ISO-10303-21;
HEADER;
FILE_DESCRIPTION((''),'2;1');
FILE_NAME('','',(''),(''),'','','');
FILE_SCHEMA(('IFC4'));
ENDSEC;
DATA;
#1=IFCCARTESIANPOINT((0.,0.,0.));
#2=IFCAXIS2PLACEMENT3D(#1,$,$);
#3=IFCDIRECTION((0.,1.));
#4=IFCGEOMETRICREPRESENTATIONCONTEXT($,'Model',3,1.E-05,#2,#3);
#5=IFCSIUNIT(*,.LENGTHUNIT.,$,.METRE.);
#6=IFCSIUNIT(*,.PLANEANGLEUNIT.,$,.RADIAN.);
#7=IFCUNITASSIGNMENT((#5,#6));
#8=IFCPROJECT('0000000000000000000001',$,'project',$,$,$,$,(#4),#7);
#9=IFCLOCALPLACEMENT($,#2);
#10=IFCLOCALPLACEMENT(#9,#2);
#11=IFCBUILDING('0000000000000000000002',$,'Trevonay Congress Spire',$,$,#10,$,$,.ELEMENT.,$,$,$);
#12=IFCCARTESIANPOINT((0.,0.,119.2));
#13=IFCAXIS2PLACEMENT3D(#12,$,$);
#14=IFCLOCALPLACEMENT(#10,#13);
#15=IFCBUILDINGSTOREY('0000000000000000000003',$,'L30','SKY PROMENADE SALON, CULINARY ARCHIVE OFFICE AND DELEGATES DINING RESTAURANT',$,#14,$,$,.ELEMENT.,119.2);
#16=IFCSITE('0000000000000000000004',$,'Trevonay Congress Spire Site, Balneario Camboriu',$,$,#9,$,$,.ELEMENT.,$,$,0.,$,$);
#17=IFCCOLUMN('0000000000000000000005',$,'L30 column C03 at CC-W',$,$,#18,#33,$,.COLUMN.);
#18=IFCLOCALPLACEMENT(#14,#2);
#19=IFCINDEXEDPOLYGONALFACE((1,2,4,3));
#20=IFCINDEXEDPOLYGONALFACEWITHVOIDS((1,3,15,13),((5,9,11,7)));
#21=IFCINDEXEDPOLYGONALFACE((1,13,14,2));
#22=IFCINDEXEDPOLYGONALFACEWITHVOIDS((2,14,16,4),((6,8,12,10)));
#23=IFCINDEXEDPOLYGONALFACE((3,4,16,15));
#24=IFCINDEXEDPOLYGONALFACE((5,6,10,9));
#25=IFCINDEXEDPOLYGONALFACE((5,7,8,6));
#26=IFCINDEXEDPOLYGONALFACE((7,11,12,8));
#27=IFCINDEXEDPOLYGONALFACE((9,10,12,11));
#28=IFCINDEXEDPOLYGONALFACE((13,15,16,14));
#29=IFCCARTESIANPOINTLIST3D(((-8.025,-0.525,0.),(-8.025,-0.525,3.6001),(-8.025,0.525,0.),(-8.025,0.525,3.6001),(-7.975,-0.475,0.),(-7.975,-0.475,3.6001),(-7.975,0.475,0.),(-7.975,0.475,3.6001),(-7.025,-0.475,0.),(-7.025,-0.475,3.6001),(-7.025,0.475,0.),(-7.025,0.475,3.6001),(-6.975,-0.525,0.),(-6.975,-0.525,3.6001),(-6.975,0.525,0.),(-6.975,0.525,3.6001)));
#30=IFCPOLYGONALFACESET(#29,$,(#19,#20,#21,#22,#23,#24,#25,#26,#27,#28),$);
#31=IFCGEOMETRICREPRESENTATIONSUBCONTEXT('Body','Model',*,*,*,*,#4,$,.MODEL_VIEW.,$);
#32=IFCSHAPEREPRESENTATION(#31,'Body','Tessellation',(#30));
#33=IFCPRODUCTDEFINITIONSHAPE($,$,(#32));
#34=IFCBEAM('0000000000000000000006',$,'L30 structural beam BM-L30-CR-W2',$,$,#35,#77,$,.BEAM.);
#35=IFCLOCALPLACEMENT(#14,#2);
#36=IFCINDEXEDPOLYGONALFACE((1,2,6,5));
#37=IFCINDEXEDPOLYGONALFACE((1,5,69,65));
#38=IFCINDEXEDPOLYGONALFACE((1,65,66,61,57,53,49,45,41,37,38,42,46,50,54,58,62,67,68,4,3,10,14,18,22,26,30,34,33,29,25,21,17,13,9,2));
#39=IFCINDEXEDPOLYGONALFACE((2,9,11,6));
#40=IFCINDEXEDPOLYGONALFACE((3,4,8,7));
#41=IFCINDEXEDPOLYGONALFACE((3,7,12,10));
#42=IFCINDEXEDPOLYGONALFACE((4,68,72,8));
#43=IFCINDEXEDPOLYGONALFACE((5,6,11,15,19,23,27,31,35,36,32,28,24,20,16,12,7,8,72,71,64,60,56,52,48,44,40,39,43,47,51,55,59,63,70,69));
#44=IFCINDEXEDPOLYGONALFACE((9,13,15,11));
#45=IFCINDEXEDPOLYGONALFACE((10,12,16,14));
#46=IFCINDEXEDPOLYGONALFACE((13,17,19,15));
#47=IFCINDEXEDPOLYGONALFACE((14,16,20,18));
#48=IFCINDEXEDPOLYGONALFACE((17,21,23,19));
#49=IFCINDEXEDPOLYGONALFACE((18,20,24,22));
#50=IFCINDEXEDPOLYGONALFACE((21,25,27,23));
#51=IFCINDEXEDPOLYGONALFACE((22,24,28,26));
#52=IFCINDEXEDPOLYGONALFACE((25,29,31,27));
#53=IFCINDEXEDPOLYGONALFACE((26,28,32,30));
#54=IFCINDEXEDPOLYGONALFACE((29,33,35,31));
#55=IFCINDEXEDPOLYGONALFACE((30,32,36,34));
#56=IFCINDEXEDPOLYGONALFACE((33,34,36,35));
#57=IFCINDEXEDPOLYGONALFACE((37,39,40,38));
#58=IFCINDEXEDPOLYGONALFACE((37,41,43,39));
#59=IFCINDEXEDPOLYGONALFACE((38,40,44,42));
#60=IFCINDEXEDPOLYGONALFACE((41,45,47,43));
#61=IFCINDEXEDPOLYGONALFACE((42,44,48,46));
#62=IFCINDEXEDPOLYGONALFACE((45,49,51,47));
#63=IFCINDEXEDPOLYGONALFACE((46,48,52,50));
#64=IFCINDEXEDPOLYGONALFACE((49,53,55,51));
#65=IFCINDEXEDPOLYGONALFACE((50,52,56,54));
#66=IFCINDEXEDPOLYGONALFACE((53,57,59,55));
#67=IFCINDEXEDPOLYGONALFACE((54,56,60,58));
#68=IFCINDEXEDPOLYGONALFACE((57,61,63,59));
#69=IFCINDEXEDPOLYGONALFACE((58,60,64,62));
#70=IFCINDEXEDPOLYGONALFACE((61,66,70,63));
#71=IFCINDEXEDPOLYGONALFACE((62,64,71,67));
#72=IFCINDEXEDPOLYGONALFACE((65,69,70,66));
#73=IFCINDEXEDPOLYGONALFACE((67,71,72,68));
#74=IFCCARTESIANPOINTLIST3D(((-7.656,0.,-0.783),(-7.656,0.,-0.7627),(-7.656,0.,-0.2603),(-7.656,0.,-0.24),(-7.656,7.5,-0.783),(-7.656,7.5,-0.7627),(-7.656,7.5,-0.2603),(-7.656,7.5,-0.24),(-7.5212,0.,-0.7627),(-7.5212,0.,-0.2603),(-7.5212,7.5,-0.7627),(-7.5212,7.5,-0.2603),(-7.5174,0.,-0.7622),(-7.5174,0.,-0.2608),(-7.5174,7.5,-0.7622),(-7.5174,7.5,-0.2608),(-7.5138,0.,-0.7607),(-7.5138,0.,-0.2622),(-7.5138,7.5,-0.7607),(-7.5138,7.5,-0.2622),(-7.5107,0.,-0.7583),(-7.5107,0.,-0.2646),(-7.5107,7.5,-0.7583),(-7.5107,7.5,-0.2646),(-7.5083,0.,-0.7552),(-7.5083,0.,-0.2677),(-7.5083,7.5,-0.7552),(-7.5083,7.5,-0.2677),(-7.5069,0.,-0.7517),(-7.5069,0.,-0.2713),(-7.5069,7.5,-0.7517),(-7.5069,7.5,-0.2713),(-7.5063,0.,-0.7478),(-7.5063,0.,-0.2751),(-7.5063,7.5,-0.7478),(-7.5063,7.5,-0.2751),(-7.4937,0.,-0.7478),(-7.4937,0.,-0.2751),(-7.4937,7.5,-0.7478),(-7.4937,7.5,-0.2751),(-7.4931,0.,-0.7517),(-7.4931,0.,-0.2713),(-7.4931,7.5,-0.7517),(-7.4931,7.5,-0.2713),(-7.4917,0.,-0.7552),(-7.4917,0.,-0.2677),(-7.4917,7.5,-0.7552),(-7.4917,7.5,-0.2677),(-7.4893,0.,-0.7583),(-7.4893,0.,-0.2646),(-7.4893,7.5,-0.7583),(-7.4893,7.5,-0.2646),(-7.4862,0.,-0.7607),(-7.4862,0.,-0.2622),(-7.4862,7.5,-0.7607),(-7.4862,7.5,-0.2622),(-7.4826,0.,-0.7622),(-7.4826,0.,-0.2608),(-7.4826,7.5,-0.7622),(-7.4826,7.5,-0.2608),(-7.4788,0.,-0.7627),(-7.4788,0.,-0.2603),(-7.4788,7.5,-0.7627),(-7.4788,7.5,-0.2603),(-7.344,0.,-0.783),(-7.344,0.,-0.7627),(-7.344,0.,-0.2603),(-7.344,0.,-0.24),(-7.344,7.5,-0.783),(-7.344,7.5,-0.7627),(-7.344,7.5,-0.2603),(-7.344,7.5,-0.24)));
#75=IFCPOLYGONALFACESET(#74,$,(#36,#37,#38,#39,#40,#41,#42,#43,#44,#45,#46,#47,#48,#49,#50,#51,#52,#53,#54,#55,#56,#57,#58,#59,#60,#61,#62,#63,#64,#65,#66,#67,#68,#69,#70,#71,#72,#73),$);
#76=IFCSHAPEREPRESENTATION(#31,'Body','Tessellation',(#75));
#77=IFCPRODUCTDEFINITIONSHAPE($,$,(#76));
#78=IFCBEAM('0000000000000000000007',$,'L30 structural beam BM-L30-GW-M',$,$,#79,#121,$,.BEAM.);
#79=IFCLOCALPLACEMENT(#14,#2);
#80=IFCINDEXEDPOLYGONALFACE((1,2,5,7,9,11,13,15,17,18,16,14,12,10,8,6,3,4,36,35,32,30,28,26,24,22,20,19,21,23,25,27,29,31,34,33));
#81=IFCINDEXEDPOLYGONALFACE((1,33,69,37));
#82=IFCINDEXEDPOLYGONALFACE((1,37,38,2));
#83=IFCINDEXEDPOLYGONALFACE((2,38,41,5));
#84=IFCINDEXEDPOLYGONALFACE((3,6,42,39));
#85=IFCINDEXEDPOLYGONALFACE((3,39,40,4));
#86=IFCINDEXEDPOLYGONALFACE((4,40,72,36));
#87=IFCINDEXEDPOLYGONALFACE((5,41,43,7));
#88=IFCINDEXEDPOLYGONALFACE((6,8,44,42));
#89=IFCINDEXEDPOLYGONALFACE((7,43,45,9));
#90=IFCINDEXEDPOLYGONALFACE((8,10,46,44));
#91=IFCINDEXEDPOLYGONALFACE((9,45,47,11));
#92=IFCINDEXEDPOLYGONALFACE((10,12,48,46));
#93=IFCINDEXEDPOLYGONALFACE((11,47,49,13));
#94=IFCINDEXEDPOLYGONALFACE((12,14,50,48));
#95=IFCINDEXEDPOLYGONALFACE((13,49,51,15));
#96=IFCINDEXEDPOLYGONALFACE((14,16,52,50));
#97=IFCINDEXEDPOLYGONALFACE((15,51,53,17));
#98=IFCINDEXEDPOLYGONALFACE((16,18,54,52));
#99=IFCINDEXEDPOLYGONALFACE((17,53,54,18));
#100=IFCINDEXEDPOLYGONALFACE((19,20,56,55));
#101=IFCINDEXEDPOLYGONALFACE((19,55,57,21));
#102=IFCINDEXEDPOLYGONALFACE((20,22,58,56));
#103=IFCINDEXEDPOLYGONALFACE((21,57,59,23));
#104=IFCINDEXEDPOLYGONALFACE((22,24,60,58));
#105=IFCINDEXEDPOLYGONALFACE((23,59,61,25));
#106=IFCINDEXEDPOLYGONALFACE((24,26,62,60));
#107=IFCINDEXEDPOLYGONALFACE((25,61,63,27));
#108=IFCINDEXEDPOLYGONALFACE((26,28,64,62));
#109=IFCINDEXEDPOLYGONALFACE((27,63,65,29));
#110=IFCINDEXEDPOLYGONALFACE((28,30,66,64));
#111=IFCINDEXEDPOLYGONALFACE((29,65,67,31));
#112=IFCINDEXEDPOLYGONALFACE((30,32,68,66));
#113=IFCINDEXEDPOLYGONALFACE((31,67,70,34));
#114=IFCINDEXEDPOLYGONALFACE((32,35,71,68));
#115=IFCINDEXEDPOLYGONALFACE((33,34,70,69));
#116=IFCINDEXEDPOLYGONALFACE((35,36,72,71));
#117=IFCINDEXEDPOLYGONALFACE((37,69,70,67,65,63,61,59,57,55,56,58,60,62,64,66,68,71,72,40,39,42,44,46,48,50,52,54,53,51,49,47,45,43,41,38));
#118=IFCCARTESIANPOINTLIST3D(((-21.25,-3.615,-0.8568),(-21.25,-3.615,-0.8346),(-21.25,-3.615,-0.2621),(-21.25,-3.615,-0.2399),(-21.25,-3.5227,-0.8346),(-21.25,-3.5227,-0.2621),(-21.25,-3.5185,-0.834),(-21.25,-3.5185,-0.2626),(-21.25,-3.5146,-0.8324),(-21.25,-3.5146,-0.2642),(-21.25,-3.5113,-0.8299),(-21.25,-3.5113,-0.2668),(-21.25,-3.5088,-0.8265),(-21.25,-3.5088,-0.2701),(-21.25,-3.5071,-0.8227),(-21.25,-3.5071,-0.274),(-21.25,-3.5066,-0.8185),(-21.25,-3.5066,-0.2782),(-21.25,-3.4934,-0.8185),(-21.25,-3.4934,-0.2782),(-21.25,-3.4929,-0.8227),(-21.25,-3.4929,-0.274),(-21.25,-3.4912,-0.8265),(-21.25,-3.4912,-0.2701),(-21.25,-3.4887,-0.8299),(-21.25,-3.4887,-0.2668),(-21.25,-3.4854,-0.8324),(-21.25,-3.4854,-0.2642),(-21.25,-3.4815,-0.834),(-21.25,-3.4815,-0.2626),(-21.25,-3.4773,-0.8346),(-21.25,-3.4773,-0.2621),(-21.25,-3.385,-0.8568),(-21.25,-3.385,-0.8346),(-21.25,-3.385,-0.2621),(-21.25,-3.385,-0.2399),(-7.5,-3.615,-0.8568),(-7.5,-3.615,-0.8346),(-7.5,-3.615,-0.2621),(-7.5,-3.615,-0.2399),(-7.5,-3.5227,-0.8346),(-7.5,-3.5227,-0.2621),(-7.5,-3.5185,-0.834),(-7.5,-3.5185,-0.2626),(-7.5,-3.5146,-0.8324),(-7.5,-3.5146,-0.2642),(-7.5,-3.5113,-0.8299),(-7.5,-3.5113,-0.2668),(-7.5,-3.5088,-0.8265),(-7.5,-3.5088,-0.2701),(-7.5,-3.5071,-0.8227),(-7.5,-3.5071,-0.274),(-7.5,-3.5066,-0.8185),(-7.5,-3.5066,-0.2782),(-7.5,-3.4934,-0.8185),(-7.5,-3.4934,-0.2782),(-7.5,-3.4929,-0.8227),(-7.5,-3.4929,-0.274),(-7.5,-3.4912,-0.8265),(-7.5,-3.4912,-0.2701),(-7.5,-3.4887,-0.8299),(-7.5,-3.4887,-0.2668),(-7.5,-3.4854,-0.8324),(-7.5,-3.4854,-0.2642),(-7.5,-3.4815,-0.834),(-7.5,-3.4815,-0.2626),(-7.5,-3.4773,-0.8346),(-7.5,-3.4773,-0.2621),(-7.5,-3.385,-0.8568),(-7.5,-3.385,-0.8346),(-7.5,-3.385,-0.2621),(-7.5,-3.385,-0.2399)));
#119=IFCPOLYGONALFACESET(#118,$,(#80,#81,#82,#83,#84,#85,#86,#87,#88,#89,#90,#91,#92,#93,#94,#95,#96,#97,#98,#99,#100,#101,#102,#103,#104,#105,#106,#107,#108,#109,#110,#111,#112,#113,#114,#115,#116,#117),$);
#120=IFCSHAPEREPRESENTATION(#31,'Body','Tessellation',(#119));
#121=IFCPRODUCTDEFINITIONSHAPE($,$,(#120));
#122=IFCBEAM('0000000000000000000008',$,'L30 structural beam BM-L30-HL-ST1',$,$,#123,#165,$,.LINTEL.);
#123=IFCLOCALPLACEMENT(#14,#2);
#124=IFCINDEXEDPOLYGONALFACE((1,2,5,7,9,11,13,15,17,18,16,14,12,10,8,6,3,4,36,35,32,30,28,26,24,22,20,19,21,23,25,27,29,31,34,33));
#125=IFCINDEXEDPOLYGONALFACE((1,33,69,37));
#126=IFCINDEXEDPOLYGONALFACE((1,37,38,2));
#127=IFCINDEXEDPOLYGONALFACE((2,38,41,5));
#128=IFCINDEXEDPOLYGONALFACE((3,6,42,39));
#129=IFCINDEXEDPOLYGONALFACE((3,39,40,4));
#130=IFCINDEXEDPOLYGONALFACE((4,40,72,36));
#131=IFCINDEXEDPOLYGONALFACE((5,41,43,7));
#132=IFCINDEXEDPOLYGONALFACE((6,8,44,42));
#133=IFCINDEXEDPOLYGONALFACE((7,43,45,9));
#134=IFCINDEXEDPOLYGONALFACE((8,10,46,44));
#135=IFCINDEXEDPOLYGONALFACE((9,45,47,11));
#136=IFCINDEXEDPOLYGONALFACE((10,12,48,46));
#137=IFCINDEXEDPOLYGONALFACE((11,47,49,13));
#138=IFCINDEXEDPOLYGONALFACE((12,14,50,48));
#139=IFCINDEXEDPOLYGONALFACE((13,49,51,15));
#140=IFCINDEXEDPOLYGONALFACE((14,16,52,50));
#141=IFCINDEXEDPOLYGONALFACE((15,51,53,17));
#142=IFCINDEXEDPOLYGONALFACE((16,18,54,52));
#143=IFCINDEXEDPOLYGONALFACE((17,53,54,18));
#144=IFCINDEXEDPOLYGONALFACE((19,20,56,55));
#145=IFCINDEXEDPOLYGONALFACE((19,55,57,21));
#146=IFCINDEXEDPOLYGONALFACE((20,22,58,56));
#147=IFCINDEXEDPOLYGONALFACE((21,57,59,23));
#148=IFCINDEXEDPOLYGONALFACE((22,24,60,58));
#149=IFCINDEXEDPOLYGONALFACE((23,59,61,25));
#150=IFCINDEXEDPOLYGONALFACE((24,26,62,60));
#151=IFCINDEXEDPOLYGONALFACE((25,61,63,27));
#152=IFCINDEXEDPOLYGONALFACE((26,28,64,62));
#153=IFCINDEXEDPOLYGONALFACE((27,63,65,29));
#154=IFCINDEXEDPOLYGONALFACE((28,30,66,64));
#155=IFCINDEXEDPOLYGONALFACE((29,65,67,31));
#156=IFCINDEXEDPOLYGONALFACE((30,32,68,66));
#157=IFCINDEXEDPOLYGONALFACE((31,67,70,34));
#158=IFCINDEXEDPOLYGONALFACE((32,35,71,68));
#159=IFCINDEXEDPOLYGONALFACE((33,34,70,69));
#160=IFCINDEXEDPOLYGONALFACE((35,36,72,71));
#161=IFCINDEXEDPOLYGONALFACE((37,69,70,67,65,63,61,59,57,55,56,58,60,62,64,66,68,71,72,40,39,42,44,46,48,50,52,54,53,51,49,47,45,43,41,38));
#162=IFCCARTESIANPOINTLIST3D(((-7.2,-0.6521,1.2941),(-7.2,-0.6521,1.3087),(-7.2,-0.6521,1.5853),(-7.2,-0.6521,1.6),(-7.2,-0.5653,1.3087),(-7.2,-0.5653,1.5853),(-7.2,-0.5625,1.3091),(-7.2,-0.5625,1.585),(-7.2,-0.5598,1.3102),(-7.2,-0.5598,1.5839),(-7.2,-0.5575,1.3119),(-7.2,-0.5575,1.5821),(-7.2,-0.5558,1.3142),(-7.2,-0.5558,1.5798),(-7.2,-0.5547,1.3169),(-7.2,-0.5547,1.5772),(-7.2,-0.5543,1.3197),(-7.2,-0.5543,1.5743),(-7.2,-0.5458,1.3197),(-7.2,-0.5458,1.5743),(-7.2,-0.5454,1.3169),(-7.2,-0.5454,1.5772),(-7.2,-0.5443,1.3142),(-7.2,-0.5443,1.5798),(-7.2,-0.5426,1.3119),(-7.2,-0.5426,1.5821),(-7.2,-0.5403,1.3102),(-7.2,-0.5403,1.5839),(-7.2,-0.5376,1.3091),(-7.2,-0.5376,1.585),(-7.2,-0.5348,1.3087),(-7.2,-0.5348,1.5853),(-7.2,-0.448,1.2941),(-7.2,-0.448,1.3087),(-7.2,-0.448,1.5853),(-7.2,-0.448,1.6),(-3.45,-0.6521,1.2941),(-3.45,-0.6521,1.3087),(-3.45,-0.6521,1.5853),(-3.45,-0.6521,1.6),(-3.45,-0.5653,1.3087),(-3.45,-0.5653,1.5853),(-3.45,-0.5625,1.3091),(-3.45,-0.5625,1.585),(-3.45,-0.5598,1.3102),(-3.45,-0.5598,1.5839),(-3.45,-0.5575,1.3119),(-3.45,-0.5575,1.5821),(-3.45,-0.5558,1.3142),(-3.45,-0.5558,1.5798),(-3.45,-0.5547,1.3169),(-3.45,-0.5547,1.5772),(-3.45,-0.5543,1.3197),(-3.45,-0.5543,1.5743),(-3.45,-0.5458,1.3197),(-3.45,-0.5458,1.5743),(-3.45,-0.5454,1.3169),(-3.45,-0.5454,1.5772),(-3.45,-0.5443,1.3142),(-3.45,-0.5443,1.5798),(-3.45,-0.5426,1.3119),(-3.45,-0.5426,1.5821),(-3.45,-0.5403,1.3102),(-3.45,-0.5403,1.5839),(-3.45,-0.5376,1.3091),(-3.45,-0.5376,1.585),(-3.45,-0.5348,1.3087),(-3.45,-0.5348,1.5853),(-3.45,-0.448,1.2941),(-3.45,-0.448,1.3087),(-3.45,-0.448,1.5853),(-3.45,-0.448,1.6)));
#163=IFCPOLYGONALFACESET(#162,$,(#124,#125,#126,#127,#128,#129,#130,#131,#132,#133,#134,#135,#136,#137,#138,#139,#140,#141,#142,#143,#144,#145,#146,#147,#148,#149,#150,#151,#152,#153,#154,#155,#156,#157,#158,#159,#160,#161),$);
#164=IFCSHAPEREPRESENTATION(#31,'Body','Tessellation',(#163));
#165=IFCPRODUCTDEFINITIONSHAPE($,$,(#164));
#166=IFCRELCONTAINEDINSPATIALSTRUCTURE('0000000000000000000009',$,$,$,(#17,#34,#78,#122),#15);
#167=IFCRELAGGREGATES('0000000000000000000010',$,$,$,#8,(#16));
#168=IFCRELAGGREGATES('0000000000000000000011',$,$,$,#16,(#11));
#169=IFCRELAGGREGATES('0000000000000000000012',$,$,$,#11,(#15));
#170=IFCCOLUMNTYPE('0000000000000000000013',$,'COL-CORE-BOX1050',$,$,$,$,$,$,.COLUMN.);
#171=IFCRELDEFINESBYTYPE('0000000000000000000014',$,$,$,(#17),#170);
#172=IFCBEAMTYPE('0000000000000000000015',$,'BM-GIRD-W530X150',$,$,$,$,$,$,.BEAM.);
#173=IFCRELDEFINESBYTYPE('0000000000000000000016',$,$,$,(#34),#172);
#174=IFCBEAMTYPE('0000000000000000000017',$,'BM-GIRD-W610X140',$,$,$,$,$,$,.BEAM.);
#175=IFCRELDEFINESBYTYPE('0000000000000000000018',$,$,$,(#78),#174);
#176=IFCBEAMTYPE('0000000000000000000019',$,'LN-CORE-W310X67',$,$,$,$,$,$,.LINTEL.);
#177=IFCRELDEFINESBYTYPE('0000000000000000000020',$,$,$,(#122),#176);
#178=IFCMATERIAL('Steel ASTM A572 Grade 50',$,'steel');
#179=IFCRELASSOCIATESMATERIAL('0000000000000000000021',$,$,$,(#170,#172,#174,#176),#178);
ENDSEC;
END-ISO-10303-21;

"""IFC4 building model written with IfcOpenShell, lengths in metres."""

from ifc_helpers import new_model, si_unit, direction, frame, origin, origin_2d, place, context, subcontext, project, spatial, hollow_rectangle, i_section, extrude, material, material_profile, profile_set, type_object, element, save


model = new_model("IFC4")

# Units and contexts
model_context = context("Model", 3, precision=1e-05, world=origin(), true_north=direction((0.0, 1.0)))
body_context = subcontext(model_context, "Body", "Model", "MODEL_VIEW")
ifc_project = project(units=[si_unit("LENGTHUNIT", "METRE"), si_unit("PLANEANGLEUNIT", "RADIAN")], contexts=[model_context])

# Site, building, storey
site_placement = place(None, origin())
site = spatial("IfcSite", under=ifc_project, at=site_placement, Name="Trevonay Congress Spire Site, Balneario Camboriu", CompositionType="ELEMENT", RefElevation=0.0)
building_placement = place(site_placement, origin())
building = spatial("IfcBuilding", under=site, at=building_placement, Name="Trevonay Congress Spire", CompositionType="ELEMENT")
storey_placement = place(building_placement, frame((0.0, 0.0, 119.2)))
storey = spatial("IfcBuildingStorey", under=building, at=storey_placement, Name="L30", Description="SKY PROMENADE SALON, CULINARY ARCHIVE OFFICE AND DELEGATES DINING RESTAURANT", CompositionType="ELEMENT", Elevation=119.2)

# Column
ifc_material_1 = material(Name="Steel ASTM A572 Grade 50", Category="steel")
ifc_material_profile_1 = material_profile(ifc_material_1, hollow_rectangle(XDim=1.05, YDim=1.05, WallThickness=0.05, at=origin_2d()), Name="BOX 1050x1050x50")
ifc_profile_set_1 = profile_set([ifc_material_profile_1], Name="Steel ASTM A572 Grade 50")
column_type = type_object("IfcColumnType", Name="COL-CORE-BOX1050", PredefinedType="COLUMN", material=ifc_profile_set_1)
column_placement = place(storey_placement, frame((-7.5, 0.0, 0.0), z_axis=(0.0, 0.0, 1.0), x_axis=(1.0, 0.0, 0.0)))
element("IfcColumn", 1, at=column_placement, inside=storey, type_object=column_type, Name="L30 column C03 at CC-W", PredefinedType="COLUMN", context=body_context, shape_type="SweptSolid", body=[
    extrude(hollow_rectangle(XDim=1.05, YDim=1.05, WallThickness=0.05, at=origin_2d()), origin(), (0.0, 0.0, 1.0), 3.6001),
])

# Beams
ifc_material_profile_2 = material_profile(ifc_material_1, i_section(OverallWidth=0.312, OverallDepth=0.543, WebThickness=0.0127, FlangeThickness=0.0203, FilletRadius=0.0149, at=origin_2d()), Name="W530x150")
ifc_profile_set_2 = profile_set([ifc_material_profile_2], Name="Steel ASTM A572 Grade 50")
beam_type_1 = type_object("IfcBeamType", Name="BM-GIRD-W530X150", PredefinedType="BEAM", material=ifc_profile_set_2)
beam_1_placement = place(storey_placement, frame((-7.5, 0.0, -0.5115), z_axis=(0.0, 1.0, 0.0), x_axis=(-1.0, 0.0, 0.0)))
element("IfcBeam", 2, at=beam_1_placement, inside=storey, type_object=beam_type_1, Name="L30 structural beam BM-L30-CR-W2", PredefinedType="BEAM", context=body_context, shape_type="SweptSolid", body=[
    extrude(i_section(OverallWidth=0.312, OverallDepth=0.543, WebThickness=0.0127, FlangeThickness=0.0203, FilletRadius=0.0149, at=origin_2d()), origin(), (0.0, 0.0, 1.0), 7.5),
])
ifc_material_profile_3 = material_profile(ifc_material_1, i_section(OverallWidth=0.23, OverallDepth=0.6169, WebThickness=0.0132, FlangeThickness=0.0222, FilletRadius=0.0161, at=origin_2d()), Name="W610x140")
ifc_profile_set_3 = profile_set([ifc_material_profile_3], Name="Steel ASTM A572 Grade 50")
beam_type_2 = type_object("IfcBeamType", Name="BM-GIRD-W610X140", PredefinedType="BEAM", material=ifc_profile_set_3)
beam_2_placement = place(storey_placement, frame((-7.5, -3.5, -0.5483), z_axis=(-1.0, 0.0, 0.0), x_axis=(0.0, -1.0, 0.0)))
element("IfcBeam", 3, at=beam_2_placement, inside=storey, type_object=beam_type_2, Name="L30 structural beam BM-L30-GW-M", PredefinedType="BEAM", context=body_context, shape_type="SweptSolid", body=[
    extrude(i_section(OverallWidth=0.23, OverallDepth=0.6169, WebThickness=0.0132, FlangeThickness=0.0222, FilletRadius=0.0161, at=origin_2d()), origin(), (0.0, 0.0, 1.0), 13.75),
])
ifc_material_profile_4 = material_profile(ifc_material_1, i_section(OverallWidth=0.2041, OverallDepth=0.3059, WebThickness=0.0085, FlangeThickness=0.0146, FilletRadius=0.011, at=origin_2d()), Name="W310x67")
ifc_profile_set_4 = profile_set([ifc_material_profile_4], Name="Steel ASTM A572 Grade 50")
beam_type_3 = type_object("IfcBeamType", Name="LN-CORE-W310X67", PredefinedType="LINTEL", material=ifc_profile_set_4)
beam_3_placement = place(storey_placement, frame((-7.2, -0.55, 1.447), z_axis=(1.0, 0.0, 0.0), x_axis=(0.0, 1.0, 0.0)))
element("IfcBeam", 4, at=beam_3_placement, inside=storey, type_object=beam_type_3, Name="L30 structural beam BM-L30-HL-ST1", PredefinedType="LINTEL", context=body_context, shape_type="SweptSolid", body=[
    extrude(i_section(OverallWidth=0.2041, OverallDepth=0.3059, WebThickness=0.0085, FlangeThickness=0.0146, FilletRadius=0.011, at=origin_2d()), origin(), (0.0, 0.0, 1.0), 3.75),
])

save(model, "model.ifc")
